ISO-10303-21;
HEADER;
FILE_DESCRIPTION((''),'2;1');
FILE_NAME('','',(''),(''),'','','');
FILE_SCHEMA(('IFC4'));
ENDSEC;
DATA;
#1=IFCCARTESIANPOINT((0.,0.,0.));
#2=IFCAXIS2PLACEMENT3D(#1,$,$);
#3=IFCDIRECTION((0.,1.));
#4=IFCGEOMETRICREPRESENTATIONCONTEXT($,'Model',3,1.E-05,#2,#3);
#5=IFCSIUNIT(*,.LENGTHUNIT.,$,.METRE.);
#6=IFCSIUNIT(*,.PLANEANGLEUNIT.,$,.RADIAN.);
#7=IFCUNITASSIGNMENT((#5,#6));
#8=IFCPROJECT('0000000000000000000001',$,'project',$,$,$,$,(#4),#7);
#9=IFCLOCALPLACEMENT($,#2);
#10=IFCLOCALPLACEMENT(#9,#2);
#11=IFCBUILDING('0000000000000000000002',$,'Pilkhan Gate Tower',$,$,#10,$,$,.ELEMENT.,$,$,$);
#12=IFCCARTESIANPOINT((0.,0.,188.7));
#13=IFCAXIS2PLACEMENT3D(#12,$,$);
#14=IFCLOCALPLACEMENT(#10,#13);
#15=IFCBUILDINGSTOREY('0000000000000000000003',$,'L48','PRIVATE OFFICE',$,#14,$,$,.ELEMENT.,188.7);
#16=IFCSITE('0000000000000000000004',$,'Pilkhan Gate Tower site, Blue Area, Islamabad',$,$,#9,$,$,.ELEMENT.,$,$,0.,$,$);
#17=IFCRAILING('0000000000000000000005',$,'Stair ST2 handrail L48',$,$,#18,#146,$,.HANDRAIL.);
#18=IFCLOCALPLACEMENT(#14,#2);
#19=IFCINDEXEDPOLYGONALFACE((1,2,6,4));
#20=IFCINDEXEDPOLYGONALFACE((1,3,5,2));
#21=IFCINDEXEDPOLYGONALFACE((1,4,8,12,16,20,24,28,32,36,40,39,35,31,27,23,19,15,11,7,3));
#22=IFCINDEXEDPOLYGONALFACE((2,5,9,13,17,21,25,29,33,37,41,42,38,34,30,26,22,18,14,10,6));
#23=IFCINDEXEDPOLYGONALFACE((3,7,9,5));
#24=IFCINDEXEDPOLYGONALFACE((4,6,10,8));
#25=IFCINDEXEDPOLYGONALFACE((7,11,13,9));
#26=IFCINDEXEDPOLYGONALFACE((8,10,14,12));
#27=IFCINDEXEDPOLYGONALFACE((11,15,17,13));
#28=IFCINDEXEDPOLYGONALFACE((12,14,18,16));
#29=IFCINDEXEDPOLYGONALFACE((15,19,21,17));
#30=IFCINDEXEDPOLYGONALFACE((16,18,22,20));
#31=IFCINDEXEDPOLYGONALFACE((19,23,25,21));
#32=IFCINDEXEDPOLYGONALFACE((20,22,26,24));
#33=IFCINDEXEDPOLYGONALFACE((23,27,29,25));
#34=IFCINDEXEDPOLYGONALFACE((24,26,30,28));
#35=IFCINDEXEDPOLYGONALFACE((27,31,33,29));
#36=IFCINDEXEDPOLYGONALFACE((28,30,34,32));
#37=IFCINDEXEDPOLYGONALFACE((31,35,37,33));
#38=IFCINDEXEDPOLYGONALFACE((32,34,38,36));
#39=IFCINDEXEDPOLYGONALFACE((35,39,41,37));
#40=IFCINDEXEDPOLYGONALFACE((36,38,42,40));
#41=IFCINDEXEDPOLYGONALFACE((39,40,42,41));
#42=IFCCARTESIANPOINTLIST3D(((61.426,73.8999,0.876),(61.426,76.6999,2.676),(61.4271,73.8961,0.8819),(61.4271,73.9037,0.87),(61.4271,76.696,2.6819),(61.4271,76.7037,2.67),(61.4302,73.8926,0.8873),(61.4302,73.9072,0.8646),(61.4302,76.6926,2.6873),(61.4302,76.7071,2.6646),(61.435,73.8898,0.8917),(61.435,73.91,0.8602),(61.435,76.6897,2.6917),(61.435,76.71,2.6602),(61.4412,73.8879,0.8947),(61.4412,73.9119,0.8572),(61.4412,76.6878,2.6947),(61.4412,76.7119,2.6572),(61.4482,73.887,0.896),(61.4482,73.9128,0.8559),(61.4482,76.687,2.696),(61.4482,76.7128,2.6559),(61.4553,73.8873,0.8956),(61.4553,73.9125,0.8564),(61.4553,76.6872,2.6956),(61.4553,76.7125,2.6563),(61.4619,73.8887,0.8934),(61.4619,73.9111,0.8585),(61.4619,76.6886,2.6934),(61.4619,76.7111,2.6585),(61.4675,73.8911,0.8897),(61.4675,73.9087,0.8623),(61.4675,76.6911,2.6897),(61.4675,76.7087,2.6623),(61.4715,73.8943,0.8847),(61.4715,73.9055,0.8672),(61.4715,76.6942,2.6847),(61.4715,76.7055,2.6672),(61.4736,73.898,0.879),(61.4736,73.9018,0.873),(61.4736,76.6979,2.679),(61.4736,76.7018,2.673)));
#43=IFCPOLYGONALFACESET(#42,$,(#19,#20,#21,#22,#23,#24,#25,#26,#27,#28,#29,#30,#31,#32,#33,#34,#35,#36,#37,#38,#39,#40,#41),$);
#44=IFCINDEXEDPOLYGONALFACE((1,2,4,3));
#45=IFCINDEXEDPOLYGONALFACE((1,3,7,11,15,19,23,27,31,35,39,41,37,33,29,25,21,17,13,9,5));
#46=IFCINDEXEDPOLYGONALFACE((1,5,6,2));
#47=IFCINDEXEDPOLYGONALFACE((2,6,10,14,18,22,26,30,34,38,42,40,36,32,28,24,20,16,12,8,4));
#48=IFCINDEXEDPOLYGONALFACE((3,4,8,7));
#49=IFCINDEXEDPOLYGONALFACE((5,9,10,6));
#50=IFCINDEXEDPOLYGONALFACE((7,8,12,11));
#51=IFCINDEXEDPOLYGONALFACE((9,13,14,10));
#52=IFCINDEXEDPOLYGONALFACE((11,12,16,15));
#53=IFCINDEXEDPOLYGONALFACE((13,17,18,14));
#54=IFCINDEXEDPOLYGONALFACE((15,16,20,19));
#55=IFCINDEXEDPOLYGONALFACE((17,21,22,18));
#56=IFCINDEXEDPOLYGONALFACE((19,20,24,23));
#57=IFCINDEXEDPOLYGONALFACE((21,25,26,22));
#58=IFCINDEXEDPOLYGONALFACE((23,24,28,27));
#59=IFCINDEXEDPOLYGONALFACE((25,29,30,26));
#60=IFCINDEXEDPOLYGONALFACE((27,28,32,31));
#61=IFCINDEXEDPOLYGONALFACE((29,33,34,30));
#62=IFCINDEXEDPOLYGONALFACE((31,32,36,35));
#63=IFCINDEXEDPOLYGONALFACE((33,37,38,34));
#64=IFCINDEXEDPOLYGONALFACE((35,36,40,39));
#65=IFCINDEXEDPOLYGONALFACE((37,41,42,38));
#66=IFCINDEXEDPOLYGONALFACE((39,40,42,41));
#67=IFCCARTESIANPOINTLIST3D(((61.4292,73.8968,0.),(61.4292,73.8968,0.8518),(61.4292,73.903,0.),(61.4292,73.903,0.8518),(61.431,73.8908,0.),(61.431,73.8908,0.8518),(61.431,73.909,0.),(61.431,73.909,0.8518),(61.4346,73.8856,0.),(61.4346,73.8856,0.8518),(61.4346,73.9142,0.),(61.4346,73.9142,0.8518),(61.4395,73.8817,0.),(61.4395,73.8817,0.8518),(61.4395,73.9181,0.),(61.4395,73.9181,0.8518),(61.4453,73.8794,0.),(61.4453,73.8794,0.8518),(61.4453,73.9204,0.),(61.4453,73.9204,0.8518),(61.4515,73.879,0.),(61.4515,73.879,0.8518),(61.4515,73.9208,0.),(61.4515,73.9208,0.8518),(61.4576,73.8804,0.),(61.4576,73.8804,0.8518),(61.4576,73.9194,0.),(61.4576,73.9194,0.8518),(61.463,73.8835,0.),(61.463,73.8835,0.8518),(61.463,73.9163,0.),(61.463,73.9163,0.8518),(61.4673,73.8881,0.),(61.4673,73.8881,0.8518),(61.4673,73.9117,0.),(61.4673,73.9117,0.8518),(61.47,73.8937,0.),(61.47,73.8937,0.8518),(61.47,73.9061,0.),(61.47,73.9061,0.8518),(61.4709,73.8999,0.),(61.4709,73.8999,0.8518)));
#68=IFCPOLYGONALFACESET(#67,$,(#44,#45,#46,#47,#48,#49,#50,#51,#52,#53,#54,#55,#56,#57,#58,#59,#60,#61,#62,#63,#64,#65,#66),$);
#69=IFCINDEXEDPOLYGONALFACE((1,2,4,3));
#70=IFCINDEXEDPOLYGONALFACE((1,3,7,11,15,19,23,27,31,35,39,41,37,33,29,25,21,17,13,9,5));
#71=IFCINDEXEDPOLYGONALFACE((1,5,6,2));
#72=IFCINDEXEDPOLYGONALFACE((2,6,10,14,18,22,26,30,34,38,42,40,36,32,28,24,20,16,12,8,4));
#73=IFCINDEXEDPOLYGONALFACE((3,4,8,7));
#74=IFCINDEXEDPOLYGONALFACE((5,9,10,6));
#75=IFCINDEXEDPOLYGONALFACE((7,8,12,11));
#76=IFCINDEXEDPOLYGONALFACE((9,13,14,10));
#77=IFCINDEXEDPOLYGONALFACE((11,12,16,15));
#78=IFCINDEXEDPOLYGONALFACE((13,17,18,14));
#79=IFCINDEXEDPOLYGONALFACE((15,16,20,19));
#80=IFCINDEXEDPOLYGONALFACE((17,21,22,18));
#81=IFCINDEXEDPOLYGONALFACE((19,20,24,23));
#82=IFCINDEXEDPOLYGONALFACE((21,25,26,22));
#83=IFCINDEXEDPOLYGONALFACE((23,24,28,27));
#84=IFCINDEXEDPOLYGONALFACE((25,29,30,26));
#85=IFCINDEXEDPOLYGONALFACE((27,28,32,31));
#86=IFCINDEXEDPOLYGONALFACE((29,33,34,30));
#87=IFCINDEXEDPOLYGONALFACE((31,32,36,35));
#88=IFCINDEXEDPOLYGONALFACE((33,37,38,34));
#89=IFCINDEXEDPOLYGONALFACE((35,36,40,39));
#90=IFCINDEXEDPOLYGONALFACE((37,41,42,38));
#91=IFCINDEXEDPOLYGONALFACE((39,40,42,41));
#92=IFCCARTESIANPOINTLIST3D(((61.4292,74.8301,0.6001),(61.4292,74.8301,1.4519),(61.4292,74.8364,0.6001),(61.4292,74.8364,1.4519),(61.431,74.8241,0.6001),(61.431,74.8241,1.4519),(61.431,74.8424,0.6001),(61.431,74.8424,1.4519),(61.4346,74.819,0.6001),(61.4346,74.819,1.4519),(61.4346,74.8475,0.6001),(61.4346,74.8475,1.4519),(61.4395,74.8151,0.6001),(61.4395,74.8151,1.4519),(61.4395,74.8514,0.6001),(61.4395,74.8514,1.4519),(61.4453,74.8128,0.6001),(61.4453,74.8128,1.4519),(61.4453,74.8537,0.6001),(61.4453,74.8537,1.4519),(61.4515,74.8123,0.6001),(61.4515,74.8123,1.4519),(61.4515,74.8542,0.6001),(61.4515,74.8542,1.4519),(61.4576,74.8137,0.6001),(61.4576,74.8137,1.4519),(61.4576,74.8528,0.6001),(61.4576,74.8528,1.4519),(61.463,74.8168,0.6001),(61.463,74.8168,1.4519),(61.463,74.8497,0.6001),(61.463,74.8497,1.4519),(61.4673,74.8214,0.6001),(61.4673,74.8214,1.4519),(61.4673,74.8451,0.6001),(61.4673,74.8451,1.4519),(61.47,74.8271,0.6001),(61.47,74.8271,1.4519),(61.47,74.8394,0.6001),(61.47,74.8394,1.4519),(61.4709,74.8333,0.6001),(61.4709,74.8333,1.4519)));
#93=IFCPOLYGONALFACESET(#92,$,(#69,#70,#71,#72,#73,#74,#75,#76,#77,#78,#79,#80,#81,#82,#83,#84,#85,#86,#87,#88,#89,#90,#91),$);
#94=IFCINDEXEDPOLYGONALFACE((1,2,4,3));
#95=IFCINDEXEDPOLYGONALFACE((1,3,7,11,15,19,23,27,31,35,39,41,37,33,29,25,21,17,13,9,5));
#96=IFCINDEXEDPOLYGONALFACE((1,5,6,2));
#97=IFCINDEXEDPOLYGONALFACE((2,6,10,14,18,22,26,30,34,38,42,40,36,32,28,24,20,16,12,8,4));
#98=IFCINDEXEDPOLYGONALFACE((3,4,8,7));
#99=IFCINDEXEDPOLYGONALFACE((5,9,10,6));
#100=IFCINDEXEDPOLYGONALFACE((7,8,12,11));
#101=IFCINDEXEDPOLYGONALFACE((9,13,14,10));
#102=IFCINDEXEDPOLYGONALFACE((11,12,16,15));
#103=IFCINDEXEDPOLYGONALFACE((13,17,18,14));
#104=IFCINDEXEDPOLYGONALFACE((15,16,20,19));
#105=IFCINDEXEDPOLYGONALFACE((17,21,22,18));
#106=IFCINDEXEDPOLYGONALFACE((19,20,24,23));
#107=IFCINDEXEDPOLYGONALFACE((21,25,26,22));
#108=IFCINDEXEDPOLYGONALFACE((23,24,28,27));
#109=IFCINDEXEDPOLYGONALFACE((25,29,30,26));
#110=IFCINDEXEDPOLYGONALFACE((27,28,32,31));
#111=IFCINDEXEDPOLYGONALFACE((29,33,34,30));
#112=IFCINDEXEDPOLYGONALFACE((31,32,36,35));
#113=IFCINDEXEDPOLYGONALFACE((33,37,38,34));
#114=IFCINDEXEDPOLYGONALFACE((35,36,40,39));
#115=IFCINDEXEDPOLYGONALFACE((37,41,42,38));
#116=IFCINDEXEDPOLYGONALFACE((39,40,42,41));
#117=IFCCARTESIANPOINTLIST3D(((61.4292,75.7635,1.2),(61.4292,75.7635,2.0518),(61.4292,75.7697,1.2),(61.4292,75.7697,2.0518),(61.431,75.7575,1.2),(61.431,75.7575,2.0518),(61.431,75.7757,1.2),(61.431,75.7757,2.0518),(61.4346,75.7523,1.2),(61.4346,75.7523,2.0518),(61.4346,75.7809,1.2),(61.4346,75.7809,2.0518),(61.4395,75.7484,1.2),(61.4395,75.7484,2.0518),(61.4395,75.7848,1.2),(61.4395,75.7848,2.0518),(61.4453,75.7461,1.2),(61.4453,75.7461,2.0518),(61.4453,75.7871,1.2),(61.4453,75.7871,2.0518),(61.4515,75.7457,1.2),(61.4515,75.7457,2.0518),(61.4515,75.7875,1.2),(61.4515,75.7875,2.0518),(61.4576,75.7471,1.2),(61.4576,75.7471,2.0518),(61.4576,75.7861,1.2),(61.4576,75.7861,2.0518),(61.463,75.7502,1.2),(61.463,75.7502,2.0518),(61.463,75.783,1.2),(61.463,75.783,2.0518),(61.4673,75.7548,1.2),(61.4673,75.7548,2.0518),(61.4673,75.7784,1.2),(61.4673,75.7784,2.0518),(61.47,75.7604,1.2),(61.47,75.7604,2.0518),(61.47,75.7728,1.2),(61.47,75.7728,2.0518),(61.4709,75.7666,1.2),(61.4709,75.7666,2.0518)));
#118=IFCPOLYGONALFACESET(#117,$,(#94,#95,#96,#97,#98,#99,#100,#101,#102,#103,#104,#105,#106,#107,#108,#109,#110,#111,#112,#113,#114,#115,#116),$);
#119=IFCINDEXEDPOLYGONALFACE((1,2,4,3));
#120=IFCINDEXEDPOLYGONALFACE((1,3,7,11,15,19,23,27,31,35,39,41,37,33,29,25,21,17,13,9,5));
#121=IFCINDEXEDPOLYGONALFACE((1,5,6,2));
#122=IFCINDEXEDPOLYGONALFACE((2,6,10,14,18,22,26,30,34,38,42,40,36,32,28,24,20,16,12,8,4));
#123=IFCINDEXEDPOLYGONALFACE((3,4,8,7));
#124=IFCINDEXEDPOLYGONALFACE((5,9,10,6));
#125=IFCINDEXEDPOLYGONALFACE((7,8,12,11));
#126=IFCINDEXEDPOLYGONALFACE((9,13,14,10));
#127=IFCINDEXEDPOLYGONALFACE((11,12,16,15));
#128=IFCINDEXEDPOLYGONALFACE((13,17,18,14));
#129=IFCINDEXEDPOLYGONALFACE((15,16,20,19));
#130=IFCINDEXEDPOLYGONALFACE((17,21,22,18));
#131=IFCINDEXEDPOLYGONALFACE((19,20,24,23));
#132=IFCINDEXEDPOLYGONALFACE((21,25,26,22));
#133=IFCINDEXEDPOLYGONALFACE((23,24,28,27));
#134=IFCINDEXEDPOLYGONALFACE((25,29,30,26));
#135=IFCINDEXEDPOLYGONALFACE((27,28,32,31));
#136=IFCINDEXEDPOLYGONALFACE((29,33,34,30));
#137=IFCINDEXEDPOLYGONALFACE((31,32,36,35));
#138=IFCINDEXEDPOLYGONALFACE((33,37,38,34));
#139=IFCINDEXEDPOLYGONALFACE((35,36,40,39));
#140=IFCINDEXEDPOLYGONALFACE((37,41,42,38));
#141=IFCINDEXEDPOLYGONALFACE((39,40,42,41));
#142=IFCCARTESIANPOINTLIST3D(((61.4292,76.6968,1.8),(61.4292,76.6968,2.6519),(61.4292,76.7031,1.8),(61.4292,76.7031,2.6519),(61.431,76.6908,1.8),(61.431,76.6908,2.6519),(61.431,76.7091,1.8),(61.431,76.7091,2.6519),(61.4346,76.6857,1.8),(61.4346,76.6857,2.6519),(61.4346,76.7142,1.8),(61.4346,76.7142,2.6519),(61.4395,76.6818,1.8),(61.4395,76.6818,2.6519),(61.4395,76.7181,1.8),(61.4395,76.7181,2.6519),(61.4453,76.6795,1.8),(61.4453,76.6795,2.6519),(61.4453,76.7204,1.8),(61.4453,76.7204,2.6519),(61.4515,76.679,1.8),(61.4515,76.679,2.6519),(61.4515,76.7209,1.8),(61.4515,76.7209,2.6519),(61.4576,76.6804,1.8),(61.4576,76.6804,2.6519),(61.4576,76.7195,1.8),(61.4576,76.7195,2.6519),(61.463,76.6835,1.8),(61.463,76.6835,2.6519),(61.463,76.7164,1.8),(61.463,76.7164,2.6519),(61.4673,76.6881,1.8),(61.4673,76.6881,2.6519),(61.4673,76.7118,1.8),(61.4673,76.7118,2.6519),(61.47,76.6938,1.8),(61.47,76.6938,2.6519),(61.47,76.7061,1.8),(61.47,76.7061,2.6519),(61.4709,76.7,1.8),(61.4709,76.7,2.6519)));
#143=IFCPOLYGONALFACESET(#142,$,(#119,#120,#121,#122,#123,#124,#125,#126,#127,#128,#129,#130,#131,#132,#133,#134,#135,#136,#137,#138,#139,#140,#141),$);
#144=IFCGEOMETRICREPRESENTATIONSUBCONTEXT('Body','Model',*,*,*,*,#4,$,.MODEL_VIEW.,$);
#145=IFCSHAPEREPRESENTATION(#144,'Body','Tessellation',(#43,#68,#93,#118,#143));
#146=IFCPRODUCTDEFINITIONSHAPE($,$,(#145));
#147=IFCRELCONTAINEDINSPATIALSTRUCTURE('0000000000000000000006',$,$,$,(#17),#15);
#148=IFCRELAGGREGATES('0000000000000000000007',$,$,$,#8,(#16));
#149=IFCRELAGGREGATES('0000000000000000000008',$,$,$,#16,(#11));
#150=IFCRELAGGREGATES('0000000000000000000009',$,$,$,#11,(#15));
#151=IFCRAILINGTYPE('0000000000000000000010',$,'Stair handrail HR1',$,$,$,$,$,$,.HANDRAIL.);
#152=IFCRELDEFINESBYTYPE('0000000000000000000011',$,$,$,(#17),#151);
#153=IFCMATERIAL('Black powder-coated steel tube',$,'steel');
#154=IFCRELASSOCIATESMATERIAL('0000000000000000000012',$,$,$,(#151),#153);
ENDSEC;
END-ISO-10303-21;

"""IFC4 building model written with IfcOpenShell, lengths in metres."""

from ifc_helpers import new_model, si_unit, direction, frame, origin, origin_2d, place, context, subcontext, project, spatial, circle, extrude, material, type_object, element, save


model = new_model("IFC4")

# Units and contexts
model_context = context("Model", 3, precision=1e-05, world=origin(), true_north=direction((0.0, 1.0)))
body_context = subcontext(model_context, "Body", "Model", "MODEL_VIEW")
ifc_project = project(units=[si_unit("LENGTHUNIT", "METRE"), si_unit("PLANEANGLEUNIT", "RADIAN")], contexts=[model_context])

# Site, building, storey
site_placement = place(None, origin())
site = spatial("IfcSite", under=ifc_project, at=site_placement, Name="Pilkhan Gate Tower site, Blue Area, Islamabad", CompositionType="ELEMENT", RefElevation=0.0)
building_placement = place(site_placement, origin())
building = spatial("IfcBuilding", under=site, at=building_placement, Name="Pilkhan Gate Tower", CompositionType="ELEMENT")
storey_placement = place(building_placement, frame((0.0, 0.0, 188.7)))
storey = spatial("IfcBuildingStorey", under=building, at=storey_placement, Name="L48", Description="PRIVATE OFFICE", CompositionType="ELEMENT", Elevation=188.7)

# Railing
ifc_material_1 = material(Name="Black powder-coated steel tube", Category="steel")
railing_type_1 = type_object("IfcRailingType", Name="Stair handrail HR1", PredefinedType="HANDRAIL", material=ifc_material_1)
railing_1_placement = place(storey_placement, frame((61.45, 73.8999, 0.0)))
element("IfcRailing", 1, at=railing_1_placement, inside=storey, type_object=railing_type_1, Name="Stair ST2 handrail L48", PredefinedType="HANDRAIL", context=body_context, shape_type="SweptSolid", body=[
    extrude(circle(Radius=0.0239, at=origin_2d()), frame((0.0, 0.0, 0.876), z_axis=(0.0, 0.841176, 0.540761), x_axis=(-1.0, 0.0, 0.0)), (0.0, 0.0, 1.0), 3.3286),
    extrude(circle(Radius=0.021, at=origin_2d()), origin(), (0.0, 0.0, 1.0), 0.8518),
    extrude(circle(Radius=0.021, at=origin_2d()), frame((0.0, 0.9333, 0.6001)), (0.0, 0.0, 1.0), 0.8518),
    extrude(circle(Radius=0.021, at=origin_2d()), frame((0.0, 1.8667, 1.2)), (0.0, 0.0, 1.0), 0.8518),
    extrude(circle(Radius=0.021, at=origin_2d()), frame((0.0, 2.8, 1.8)), (0.0, 0.0, 1.0), 0.8518),
])

save(model, "model.ifc")
